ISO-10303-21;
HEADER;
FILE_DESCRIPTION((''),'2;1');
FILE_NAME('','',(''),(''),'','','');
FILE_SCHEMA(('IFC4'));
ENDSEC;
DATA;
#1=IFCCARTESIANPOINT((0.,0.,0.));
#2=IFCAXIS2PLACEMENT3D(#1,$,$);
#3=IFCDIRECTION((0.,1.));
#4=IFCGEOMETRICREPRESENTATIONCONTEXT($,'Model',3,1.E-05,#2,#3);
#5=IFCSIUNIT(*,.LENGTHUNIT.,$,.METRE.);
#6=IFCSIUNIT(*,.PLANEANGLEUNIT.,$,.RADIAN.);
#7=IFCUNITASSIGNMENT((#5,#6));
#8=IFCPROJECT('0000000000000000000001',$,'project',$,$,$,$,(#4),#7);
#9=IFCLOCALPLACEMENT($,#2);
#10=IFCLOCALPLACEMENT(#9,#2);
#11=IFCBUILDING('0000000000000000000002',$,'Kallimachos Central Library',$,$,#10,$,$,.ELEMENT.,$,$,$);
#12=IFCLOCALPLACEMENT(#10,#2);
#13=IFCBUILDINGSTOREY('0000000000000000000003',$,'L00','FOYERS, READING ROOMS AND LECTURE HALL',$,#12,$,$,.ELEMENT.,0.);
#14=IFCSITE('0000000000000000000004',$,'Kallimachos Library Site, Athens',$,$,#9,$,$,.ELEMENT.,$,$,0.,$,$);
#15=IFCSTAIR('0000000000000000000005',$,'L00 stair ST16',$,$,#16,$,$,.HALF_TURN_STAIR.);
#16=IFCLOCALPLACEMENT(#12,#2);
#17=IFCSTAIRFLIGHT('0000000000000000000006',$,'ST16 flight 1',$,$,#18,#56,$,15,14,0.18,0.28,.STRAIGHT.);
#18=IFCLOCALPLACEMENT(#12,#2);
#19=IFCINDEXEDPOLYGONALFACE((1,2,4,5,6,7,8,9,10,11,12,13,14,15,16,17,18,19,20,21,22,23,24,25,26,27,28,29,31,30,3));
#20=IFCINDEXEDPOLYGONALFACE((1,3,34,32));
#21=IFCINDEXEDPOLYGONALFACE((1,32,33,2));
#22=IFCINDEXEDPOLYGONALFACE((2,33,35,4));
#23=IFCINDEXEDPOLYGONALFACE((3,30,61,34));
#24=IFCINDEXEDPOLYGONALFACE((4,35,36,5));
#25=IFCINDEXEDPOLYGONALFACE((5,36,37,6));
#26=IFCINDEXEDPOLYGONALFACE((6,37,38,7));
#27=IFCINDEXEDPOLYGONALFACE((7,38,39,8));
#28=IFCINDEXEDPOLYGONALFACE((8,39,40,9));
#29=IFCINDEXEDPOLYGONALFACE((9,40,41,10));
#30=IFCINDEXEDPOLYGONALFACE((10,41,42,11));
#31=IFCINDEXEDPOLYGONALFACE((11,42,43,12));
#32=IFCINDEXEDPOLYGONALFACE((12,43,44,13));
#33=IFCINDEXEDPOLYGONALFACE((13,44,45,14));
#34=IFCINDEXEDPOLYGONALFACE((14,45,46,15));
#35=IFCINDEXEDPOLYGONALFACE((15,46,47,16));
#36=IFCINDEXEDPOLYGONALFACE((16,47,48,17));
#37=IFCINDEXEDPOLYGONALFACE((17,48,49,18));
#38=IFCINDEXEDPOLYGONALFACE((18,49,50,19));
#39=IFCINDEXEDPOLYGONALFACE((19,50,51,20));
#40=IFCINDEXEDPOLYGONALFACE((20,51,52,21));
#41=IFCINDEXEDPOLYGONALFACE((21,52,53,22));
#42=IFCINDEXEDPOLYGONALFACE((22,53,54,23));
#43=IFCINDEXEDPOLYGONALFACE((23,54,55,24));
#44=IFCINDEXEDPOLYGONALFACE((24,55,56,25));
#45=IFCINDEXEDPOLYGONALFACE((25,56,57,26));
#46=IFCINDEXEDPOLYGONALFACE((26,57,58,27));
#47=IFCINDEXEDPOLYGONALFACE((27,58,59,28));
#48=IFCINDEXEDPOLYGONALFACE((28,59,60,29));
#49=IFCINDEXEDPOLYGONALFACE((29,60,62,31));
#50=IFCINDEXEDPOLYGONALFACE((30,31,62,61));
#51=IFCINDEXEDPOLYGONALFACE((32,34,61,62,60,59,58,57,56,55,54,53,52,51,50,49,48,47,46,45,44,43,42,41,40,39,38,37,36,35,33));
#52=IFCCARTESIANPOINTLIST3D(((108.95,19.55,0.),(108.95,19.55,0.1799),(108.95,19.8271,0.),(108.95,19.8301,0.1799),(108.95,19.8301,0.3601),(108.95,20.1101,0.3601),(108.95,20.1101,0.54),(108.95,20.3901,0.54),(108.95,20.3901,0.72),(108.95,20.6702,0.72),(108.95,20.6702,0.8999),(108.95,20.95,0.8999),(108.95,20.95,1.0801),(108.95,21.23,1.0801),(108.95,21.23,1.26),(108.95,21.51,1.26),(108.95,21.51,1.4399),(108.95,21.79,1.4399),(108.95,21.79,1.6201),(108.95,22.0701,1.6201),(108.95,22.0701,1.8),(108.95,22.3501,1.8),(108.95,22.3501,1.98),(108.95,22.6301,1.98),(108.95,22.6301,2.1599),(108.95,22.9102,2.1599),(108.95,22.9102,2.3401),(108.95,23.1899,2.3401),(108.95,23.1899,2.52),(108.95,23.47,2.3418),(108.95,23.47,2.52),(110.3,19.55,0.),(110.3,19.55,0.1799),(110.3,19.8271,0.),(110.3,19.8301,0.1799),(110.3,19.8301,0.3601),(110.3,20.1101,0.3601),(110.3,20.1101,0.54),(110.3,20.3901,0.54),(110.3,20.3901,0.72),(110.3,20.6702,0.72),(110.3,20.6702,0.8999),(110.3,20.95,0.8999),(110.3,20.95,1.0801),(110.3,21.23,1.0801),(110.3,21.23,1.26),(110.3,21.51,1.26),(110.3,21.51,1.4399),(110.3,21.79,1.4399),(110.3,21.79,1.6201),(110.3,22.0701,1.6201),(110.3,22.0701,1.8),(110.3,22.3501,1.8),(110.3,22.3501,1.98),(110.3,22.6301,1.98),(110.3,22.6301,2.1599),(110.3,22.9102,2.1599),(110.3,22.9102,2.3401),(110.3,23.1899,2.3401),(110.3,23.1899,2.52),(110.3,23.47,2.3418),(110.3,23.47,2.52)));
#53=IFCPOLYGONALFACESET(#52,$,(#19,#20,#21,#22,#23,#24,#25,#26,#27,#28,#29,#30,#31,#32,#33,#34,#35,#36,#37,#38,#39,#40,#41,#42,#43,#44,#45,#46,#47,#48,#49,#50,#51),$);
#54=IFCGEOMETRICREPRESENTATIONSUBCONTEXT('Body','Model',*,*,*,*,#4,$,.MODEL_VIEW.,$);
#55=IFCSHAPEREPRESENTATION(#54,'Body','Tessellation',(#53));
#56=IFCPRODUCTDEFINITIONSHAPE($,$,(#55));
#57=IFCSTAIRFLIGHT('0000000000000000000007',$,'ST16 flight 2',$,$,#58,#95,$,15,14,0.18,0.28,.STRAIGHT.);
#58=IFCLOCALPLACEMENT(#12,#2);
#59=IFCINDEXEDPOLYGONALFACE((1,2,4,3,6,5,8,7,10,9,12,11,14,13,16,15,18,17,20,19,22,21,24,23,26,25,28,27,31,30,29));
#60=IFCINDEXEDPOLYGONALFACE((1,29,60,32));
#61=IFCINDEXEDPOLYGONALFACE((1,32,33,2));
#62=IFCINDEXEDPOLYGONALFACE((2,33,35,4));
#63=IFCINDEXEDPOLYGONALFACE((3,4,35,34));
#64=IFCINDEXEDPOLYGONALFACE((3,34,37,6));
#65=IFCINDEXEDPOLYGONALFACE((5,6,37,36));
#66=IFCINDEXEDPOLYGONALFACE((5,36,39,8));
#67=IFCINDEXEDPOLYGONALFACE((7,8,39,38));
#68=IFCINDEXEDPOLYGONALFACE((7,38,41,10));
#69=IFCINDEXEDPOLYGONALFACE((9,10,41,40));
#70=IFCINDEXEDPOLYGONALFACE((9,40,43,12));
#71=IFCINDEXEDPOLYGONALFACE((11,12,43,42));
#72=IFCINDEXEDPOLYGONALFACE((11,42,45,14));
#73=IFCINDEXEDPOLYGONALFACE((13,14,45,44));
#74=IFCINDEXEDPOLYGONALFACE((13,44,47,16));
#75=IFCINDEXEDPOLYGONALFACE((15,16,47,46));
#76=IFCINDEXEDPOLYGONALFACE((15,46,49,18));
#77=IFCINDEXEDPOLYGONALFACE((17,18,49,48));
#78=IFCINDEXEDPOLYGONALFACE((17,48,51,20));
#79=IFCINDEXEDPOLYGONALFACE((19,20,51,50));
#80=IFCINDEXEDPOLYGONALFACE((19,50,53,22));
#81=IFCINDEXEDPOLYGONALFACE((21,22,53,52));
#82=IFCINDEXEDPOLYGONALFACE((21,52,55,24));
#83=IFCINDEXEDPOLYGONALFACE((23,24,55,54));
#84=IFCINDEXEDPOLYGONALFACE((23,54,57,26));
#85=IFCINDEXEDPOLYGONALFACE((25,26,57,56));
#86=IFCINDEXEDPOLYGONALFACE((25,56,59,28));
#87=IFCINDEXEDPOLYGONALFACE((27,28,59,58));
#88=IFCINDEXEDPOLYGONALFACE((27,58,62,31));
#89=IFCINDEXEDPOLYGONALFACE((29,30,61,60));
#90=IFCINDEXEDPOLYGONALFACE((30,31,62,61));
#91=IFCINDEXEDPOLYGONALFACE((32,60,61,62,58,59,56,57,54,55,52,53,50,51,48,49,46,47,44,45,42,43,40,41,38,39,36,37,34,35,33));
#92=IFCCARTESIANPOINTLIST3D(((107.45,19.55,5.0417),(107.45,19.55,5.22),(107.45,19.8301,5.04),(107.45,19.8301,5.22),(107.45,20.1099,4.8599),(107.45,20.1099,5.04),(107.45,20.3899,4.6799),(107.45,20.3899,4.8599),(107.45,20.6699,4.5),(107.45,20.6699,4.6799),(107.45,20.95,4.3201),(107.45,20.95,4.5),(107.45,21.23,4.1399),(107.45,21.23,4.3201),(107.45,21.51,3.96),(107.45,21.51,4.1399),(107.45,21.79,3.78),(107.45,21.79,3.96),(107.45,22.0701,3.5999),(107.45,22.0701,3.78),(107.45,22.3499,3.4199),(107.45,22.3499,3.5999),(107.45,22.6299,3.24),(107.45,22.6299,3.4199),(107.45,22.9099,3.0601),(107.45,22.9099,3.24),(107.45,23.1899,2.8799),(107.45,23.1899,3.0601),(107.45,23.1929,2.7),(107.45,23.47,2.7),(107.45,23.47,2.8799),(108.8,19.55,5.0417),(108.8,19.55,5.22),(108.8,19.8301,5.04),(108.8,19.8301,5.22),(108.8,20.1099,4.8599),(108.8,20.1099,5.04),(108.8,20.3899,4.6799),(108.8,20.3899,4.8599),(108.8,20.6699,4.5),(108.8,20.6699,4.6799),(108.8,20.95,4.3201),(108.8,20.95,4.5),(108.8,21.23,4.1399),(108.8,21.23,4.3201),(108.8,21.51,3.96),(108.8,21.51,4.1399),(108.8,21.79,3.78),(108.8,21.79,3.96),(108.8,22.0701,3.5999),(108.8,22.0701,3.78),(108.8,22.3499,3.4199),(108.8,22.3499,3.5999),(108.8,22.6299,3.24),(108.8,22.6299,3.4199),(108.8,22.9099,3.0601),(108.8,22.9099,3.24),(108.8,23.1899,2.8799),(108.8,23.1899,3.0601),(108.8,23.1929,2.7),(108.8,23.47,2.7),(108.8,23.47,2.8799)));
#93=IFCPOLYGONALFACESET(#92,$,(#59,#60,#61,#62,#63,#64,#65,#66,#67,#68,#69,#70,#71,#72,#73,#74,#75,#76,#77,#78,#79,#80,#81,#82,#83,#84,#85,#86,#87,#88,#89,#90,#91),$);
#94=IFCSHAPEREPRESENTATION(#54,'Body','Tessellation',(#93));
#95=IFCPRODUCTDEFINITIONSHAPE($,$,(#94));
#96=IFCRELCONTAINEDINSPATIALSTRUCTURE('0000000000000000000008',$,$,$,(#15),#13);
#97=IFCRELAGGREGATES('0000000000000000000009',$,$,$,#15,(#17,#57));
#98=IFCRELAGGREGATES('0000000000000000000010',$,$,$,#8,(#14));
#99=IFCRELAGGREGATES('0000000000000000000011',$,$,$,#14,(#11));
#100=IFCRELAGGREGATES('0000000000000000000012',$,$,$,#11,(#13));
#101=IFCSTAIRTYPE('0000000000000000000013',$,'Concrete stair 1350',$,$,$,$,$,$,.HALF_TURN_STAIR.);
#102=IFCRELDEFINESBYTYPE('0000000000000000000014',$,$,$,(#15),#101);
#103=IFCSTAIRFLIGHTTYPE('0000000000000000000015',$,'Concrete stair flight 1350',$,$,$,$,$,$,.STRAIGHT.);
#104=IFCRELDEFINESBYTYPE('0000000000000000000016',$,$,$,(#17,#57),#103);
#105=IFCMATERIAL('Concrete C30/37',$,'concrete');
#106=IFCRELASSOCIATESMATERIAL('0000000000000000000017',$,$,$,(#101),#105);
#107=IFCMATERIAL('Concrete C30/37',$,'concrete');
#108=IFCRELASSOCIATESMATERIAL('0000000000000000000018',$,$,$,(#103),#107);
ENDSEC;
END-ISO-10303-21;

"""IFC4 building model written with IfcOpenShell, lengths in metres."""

from ifc_helpers import new_model, si_unit, direction, frame, origin, place, context, subcontext, project, spatial, polyline, outline, extrude, material, type_object, element, aggregate, save


model = new_model("IFC4")

# Units and contexts
model_context = context("Model", 3, precision=1e-05, world=origin(), true_north=direction((0.0, 1.0)))
body_context = subcontext(model_context, "Body", "Model", "MODEL_VIEW")
ifc_project = project(units=[si_unit("LENGTHUNIT", "METRE"), si_unit("PLANEANGLEUNIT", "RADIAN")], contexts=[model_context])

# Site, building, storey
site_placement = place(None, origin())
site = spatial("IfcSite", under=ifc_project, at=site_placement, Name="Kallimachos Library Site, Athens", CompositionType="ELEMENT", RefElevation=0.0)
building_placement = place(site_placement, origin())
building = spatial("IfcBuilding", under=site, at=building_placement, Name="Kallimachos Central Library", CompositionType="ELEMENT")
storey_placement = place(building_placement, origin())
storey = spatial("IfcBuildingStorey", under=building, at=storey_placement, Name="L00", Description="FOYERS, READING ROOMS AND LECTURE HALL", CompositionType="ELEMENT", Elevation=0.0)

# Stair, stair flights
ifc_material_1 = material(Name="Concrete C30/37", Category="concrete")
stair_type = type_object("IfcStairType", Name="Concrete stair 1350", PredefinedType="HALF_TURN_STAIR", material=ifc_material_1)
stair_placement = place(storey_placement, origin())
stair = element("IfcStair", 1, at=stair_placement, inside=storey, type_object=stair_type, Name="L00 stair ST16", PredefinedType="HALF_TURN_STAIR")
ifc_material_2 = material(Name="Concrete C30/37", Category="concrete")
stair_flight_type = type_object("IfcStairFlightType", Name="Concrete stair flight 1350", PredefinedType="STRAIGHT", material=ifc_material_2)
stair_flight_1_placement = place(storey_placement, frame((109.625, 19.55, 0.0), z_axis=(0.0, 0.0, 1.0), x_axis=(0.0, 1.0, 0.0)))
stair_flight_1 = element("IfcStairFlight", 2, at=stair_flight_1_placement, type_object=stair_flight_type, Name="ST16 flight 1", NumberOfRisers=15, NumberOfTreads=14, PredefinedType="STRAIGHT", RiserHeight=0.18, TreadLength=0.28, context=body_context, shape_type="SweptSolid", body=[
    extrude(outline(polyline([(0.0, 0.0), (0.0, 0.1799), (0.28, 0.1799), (0.28, 0.3601), (0.5601, 0.3601), (0.5601, 0.54), (0.8401, 0.54), (0.8401, 0.72), (1.1201, 0.72), (1.1201, 0.8999), (1.3999, 0.8999), (1.3999, 1.0801), (1.6799, 1.0801), (1.6799, 1.26), (1.96, 1.26), (1.96, 1.4399), (2.24, 1.4399), (2.24, 1.6201), (2.52, 1.6201), (2.52, 1.8), (2.8, 1.8), (2.8, 1.98), (3.0801, 1.98), (3.0801, 2.1599), (3.3601, 2.1599), (3.3601, 2.3401), (3.6399, 2.3401), (3.6399, 2.52), (3.9199, 2.52), (3.9199, 2.7), (3.9199, 2.3418), (0.2771, 0.0), (0.0, 0.0)])), frame((0.0, 0.675, 0.0), z_axis=(0.0, -1.0, 0.0), x_axis=(1.0, 0.0, 0.0)), (0.0, 0.0, 1.0), 1.3501),
])
stair_flight_2_placement = place(storey_placement, frame((108.125, 23.47, 2.7), z_axis=(0.0, 0.0, 1.0), x_axis=(0.0, -1.0, 0.0)))
stair_flight_2 = element("IfcStairFlight", 3, at=stair_flight_2_placement, type_object=stair_flight_type, Name="ST16 flight 2", NumberOfRisers=15, NumberOfTreads=14, PredefinedType="STRAIGHT", RiserHeight=0.18, TreadLength=0.28, context=body_context, shape_type="SweptSolid", body=[
    extrude(outline(polyline([(0.0, 0.0), (0.0, 0.1799), (0.28, 0.1799), (0.28, 0.3601), (0.5601, 0.3601), (0.5601, 0.54), (0.8401, 0.54), (0.8401, 0.72), (1.1201, 0.72), (1.1201, 0.8999), (1.3999, 0.8999), (1.3999, 1.0801), (1.6799, 1.0801), (1.6799, 1.26), (1.96, 1.26), (1.96, 1.4399), (2.24, 1.4399), (2.24, 1.6201), (2.52, 1.6201), (2.52, 1.8), (2.8, 1.8), (2.8, 1.98), (3.0801, 1.98), (3.0801, 2.1599), (3.3601, 2.1599), (3.3601, 2.3401), (3.6399, 2.3401), (3.6399, 2.52), (3.9199, 2.52), (3.9199, 2.7), (3.9199, 2.3418), (0.2771, 0.0), (0.0, 0.0)])), frame((0.0, 0.675, 0.0), z_axis=(0.0, -1.0, 0.0), x_axis=(1.0, 0.0, 0.0)), (0.0, 0.0, 1.0), 1.3501),
])
aggregate(stair, [stair_flight_1, stair_flight_2])

save(model, "model.ifc")
